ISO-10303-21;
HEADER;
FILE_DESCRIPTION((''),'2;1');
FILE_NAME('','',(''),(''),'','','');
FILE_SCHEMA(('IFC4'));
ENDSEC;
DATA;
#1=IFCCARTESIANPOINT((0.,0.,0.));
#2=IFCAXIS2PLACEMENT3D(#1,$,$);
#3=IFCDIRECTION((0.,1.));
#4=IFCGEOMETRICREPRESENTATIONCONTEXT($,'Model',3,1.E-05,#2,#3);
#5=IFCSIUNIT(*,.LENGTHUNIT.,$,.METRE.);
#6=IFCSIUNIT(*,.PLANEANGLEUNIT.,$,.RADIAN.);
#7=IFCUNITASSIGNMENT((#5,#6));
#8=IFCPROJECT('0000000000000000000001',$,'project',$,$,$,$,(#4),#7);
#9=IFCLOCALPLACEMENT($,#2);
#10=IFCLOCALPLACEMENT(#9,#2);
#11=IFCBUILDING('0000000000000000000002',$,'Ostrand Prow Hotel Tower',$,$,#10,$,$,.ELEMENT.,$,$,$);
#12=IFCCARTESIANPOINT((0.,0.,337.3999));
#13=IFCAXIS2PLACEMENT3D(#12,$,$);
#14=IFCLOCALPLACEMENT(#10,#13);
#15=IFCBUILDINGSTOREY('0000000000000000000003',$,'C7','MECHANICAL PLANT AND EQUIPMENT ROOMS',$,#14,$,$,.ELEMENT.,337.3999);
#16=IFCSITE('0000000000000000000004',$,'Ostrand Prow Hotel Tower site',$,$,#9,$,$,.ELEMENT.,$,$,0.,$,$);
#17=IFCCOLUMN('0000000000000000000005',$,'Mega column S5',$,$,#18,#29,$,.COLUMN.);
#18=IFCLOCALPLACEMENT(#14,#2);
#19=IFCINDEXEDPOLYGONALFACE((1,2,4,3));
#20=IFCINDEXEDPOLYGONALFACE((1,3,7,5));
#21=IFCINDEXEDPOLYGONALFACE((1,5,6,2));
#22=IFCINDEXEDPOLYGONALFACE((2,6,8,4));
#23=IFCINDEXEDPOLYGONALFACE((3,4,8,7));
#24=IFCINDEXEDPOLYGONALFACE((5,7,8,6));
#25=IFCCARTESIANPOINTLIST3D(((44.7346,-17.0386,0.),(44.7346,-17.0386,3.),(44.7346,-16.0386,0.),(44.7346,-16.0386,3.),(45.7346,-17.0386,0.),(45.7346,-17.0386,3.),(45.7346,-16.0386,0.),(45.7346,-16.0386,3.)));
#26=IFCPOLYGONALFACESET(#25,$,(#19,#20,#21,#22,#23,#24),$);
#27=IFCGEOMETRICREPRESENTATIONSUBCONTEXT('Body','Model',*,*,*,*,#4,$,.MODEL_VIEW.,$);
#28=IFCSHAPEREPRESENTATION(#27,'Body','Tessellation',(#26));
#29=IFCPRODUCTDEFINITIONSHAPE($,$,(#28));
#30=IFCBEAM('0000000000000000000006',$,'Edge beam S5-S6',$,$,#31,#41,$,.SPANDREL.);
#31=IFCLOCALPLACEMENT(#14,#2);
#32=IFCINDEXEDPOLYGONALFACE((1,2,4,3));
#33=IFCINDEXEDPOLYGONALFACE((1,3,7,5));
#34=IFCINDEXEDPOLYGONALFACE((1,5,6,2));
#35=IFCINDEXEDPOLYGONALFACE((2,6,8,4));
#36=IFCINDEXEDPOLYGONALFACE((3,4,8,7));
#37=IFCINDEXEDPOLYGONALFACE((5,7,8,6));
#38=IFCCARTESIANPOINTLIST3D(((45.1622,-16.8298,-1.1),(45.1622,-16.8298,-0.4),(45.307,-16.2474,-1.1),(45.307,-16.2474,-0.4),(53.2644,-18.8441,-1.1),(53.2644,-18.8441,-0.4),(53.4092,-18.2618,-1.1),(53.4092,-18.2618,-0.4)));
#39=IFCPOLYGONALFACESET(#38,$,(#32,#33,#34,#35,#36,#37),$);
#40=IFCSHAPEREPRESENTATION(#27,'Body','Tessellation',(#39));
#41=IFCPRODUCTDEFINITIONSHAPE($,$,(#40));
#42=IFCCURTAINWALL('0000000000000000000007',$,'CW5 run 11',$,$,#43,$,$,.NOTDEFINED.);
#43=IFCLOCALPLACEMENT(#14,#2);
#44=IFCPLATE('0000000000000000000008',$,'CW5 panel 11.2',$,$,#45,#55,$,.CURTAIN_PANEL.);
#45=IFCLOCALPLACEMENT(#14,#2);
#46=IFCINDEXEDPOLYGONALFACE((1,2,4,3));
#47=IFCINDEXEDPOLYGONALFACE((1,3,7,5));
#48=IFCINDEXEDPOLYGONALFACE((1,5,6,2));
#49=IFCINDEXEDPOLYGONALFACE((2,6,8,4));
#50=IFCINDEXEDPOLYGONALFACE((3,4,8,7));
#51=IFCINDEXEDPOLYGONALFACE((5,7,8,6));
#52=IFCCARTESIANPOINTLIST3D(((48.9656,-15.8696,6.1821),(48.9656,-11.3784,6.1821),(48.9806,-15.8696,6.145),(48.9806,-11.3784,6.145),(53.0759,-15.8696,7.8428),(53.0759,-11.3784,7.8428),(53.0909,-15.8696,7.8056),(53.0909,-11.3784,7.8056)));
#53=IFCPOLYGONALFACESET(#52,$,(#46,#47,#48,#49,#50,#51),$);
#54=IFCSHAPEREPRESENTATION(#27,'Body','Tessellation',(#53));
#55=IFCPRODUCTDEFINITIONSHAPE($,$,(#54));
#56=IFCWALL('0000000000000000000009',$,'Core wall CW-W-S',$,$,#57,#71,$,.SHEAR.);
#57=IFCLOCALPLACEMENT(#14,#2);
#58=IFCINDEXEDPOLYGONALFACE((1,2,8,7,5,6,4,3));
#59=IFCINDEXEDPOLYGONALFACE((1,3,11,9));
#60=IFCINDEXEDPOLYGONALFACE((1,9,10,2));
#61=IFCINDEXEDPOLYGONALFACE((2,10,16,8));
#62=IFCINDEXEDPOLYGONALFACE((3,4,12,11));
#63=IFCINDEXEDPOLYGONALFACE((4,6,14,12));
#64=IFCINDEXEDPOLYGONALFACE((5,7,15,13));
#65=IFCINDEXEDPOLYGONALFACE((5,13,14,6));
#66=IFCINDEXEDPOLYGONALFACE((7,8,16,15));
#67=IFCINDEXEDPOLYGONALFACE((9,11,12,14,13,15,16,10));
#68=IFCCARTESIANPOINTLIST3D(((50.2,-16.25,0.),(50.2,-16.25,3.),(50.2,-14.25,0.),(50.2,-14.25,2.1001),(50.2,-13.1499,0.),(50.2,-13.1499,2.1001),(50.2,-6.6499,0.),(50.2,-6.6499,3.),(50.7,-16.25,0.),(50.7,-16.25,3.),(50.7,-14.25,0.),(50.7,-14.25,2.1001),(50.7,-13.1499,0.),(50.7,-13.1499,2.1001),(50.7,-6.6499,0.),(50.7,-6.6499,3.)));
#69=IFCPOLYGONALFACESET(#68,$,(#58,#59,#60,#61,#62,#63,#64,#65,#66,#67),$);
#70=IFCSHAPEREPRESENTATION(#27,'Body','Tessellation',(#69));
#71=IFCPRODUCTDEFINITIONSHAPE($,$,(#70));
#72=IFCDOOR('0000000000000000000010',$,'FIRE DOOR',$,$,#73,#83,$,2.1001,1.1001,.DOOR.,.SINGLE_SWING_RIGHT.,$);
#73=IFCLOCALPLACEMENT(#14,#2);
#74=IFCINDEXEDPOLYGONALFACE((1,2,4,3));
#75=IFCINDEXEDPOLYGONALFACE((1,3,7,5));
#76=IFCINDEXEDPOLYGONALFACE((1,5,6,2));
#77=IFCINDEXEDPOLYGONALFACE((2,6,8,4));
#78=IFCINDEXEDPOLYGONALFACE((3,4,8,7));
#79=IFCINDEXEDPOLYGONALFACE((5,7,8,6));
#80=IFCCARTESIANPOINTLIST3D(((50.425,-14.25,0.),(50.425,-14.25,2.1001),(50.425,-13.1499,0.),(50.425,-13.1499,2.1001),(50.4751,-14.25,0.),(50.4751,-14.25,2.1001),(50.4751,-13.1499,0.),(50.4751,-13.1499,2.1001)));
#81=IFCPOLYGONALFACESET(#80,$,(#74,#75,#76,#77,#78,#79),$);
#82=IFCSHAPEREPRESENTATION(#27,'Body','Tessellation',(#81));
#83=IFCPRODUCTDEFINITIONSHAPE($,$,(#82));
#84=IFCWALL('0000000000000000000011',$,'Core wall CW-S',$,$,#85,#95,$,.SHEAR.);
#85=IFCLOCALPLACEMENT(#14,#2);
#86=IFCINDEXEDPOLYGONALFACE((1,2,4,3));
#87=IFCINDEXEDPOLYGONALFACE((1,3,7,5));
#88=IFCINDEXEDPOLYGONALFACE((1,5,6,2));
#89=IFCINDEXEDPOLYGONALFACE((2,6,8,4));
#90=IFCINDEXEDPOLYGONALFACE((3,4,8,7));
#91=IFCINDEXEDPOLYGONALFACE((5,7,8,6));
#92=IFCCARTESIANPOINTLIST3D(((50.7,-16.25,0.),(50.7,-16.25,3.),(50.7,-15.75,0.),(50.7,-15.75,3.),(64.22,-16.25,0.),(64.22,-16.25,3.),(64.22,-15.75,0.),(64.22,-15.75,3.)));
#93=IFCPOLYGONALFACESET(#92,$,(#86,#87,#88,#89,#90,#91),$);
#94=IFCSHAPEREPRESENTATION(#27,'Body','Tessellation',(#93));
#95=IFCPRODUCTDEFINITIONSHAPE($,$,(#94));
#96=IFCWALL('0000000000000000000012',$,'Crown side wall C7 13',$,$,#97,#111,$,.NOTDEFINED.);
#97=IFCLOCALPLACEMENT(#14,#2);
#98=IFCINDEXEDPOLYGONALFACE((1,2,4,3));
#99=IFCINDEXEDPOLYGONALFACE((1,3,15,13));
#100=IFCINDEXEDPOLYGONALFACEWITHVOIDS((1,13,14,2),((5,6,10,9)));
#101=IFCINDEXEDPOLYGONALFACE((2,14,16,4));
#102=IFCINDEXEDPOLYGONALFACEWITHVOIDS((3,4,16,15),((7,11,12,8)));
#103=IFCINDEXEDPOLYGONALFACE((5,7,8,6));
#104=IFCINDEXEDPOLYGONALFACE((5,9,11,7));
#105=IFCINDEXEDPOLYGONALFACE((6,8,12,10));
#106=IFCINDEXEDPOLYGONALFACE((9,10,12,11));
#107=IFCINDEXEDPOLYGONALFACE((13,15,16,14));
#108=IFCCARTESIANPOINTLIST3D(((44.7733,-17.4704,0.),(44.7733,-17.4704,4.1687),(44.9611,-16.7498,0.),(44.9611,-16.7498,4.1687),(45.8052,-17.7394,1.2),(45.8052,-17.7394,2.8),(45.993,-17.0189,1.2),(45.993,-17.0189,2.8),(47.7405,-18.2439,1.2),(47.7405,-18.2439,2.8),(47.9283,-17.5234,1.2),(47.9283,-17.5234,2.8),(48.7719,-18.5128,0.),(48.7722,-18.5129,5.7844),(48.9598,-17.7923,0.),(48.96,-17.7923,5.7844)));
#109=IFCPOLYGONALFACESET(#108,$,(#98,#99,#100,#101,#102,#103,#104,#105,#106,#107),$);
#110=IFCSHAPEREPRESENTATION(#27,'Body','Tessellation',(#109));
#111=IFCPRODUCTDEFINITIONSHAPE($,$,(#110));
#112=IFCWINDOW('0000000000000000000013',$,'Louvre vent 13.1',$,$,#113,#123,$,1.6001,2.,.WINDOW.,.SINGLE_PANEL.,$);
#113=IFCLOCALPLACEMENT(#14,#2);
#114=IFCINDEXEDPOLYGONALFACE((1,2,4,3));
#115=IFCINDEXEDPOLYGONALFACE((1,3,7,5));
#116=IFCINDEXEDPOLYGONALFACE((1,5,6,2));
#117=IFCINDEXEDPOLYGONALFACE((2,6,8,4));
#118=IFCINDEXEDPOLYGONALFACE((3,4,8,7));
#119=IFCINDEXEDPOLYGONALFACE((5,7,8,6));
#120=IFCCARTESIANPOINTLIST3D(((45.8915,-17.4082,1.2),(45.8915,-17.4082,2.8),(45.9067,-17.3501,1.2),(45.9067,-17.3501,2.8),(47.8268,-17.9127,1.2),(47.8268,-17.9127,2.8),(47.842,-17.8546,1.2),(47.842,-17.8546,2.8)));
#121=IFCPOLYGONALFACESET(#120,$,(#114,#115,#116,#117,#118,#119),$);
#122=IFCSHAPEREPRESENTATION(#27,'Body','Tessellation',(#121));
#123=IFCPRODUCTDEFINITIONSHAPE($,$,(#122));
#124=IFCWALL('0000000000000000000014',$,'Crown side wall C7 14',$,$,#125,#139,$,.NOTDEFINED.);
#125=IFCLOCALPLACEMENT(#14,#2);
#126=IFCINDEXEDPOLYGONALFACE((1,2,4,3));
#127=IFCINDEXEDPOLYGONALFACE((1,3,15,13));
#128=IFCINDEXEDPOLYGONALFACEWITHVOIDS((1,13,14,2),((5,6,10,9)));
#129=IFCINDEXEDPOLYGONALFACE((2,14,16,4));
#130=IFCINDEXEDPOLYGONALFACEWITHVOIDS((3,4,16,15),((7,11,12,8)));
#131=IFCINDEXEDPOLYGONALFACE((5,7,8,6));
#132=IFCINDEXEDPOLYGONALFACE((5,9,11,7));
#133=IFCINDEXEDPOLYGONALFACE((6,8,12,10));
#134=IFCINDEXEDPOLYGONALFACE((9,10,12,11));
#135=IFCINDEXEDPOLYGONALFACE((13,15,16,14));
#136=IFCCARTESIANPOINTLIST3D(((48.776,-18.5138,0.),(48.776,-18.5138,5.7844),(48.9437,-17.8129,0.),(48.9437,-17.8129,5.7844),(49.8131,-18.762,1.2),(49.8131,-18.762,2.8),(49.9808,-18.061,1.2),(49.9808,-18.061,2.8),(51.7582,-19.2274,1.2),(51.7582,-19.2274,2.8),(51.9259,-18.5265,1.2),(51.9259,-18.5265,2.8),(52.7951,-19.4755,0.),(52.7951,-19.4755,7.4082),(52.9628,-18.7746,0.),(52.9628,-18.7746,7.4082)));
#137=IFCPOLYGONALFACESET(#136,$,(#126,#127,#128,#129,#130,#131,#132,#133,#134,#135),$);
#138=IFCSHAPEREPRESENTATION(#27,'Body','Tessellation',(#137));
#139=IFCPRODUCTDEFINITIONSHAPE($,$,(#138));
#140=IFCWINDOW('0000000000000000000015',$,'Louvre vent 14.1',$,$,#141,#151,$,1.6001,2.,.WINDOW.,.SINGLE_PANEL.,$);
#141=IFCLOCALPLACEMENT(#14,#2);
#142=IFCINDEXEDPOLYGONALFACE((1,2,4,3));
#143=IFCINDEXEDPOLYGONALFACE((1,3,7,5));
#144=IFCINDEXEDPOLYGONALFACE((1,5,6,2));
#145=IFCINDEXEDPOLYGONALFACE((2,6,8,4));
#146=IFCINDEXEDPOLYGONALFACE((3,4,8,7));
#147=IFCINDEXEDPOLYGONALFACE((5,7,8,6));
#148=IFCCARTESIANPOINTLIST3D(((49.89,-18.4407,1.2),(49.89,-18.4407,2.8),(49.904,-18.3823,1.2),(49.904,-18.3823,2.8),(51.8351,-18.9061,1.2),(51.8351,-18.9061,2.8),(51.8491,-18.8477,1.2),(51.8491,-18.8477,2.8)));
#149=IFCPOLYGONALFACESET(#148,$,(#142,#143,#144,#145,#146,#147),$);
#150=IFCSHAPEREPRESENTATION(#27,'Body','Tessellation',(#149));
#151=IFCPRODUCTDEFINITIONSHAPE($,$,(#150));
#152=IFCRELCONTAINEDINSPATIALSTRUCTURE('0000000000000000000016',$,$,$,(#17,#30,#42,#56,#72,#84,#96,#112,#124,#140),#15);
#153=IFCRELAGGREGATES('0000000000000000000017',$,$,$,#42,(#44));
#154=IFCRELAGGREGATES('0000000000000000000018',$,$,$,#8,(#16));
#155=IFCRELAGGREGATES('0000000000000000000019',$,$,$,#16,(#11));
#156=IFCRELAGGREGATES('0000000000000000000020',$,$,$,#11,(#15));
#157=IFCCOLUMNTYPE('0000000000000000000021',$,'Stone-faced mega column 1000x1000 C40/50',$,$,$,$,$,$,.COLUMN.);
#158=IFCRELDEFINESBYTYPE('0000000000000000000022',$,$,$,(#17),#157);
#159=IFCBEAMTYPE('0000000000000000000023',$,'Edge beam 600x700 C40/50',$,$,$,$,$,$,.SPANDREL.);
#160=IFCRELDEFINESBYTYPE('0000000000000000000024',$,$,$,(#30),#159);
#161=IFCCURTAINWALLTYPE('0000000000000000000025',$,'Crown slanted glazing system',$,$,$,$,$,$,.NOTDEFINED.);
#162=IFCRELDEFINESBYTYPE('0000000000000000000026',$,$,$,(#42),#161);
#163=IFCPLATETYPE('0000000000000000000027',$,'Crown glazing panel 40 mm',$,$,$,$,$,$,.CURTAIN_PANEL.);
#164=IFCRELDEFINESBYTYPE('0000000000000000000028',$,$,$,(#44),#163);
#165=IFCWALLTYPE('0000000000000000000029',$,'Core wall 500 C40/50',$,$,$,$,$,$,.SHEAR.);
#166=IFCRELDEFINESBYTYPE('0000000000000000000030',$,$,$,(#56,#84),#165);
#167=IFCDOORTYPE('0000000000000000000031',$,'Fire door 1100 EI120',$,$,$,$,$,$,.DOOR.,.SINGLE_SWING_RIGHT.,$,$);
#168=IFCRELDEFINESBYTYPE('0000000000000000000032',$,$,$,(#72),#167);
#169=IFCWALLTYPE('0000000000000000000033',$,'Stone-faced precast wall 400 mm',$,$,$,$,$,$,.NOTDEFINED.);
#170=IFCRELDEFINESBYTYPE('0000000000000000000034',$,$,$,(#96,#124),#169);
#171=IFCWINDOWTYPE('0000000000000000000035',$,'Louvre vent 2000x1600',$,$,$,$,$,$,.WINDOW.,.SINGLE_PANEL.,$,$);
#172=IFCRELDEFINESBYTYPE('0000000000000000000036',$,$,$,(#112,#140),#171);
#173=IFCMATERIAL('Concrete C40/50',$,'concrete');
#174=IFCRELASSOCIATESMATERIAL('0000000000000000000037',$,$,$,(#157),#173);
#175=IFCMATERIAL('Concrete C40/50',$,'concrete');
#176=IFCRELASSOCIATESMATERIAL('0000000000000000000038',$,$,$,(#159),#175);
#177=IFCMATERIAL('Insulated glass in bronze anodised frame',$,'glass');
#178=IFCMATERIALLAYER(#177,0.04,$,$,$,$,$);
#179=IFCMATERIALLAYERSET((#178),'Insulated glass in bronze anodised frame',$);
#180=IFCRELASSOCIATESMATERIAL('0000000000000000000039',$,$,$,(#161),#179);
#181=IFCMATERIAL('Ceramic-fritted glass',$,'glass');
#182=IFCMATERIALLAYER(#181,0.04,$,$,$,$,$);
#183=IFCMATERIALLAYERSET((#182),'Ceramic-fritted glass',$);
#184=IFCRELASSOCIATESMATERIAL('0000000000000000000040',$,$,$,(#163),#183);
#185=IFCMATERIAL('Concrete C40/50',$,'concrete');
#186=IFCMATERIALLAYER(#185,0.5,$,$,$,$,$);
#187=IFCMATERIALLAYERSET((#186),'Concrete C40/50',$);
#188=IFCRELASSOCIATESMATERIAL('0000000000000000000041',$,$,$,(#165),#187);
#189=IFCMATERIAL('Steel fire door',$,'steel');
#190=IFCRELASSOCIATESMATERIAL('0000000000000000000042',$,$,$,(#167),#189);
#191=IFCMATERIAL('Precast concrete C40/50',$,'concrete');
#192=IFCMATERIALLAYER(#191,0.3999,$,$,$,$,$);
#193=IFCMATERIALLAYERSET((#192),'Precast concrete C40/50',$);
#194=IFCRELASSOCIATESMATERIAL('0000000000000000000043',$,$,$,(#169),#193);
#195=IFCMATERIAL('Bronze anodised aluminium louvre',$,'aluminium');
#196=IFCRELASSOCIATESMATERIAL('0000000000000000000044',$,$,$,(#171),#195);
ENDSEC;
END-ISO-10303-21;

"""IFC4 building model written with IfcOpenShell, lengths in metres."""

from ifc_helpers import new_model, si_unit, direction, frame, frame_2d, origin, origin_2d, place, context, subcontext, project, spatial, polyline, rectangle, outline, extrude, material, layer, layer_set, material_profile, profile_set, type_object, element, fill, aggregate, save


model = new_model("IFC4")

# Units and contexts
model_context = context("Model", 3, precision=1e-05, world=origin(), true_north=direction((0.0, 1.0)))
body_context = subcontext(model_context, "Body", "Model", "MODEL_VIEW")
ifc_project = project(units=[si_unit("LENGTHUNIT", "METRE"), si_unit("PLANEANGLEUNIT", "RADIAN")], contexts=[model_context])

# Site, building, storey
site_placement = place(None, origin())
site = spatial("IfcSite", under=ifc_project, at=site_placement, Name="Ostrand Prow Hotel Tower site", CompositionType="ELEMENT", RefElevation=0.0)
building_placement = place(site_placement, origin())
building = spatial("IfcBuilding", under=site, at=building_placement, Name="Ostrand Prow Hotel Tower", CompositionType="ELEMENT")
storey_placement = place(building_placement, frame((0.0, 0.0, 337.3999)))
storey = spatial("IfcBuildingStorey", under=building, at=storey_placement, Name="C7", Description="MECHANICAL PLANT AND EQUIPMENT ROOMS", CompositionType="ELEMENT", Elevation=337.3999)

# Column
ifc_material_1 = material(Name="Concrete C40/50", Category="concrete")
ifc_material_profile_1 = material_profile(ifc_material_1, rectangle(XDim=1.0, YDim=1.0, at=origin_2d()), Name="RC 1000x1000")
ifc_profile_set_1 = profile_set([ifc_material_profile_1], Name="Concrete C40/50")
column_type = type_object("IfcColumnType", Name="Stone-faced mega column 1000x1000 C40/50", PredefinedType="COLUMN", material=ifc_profile_set_1)
column_placement = place(storey_placement, frame((45.2346, -16.5386, 0.0), z_axis=(0.0, 0.0, 1.0), x_axis=(1.0, 0.0, 0.0)))
element("IfcColumn", 1, at=column_placement, inside=storey, type_object=column_type, Name="Mega column S5", PredefinedType="COLUMN", context=body_context, shape_type="SweptSolid", body=[
    extrude(rectangle(XDim=1.0, YDim=1.0, at=origin_2d()), origin(), (0.0, 0.0, 1.0), 3.0),
])

# Beam
ifc_material_2 = material(Name="Concrete C40/50", Category="concrete")
ifc_material_profile_2 = material_profile(ifc_material_2, rectangle(XDim=0.6001, YDim=0.7, at=origin_2d()), Name="RC 600x700")
ifc_profile_set_2 = profile_set([ifc_material_profile_2], Name="Concrete C40/50")
beam_type = type_object("IfcBeamType", Name="Edge beam 600x700 C40/50", PredefinedType="SPANDREL", material=ifc_profile_set_2)
beam_placement = place(storey_placement, frame((45.2346, -16.5386, -0.75), z_axis=(0.970456, -0.241276, 0.0), x_axis=(0.241276, 0.970456, 0.0)))
element("IfcBeam", 2, at=beam_placement, inside=storey, type_object=beam_type, Name="Edge beam S5-S6", PredefinedType="SPANDREL", context=body_context, shape_type="SweptSolid", body=[
    extrude(rectangle(XDim=0.6001, YDim=0.7, at=origin_2d()), origin(), (0.0, 0.0, 1.0), 8.3489),
])

# Curtain wall, plate
ifc_material_3 = material(Name="Insulated glass in bronze anodised frame", Category="glass")
ifc_layer_1 = layer(ifc_material_3, 0.04)
ifc_layer_set_1 = layer_set([ifc_layer_1], Name="Insulated glass in bronze anodised frame")
curtain_wall_type = type_object("IfcCurtainWallType", Name="Crown slanted glazing system", PredefinedType="NOTDEFINED", material=ifc_layer_set_1)
curtain_wall_placement = place(storey_placement, origin())
curtain_wall = element("IfcCurtainWall", 3, at=curtain_wall_placement, inside=storey, type_object=curtain_wall_type, Name="CW5 run 11", PredefinedType="NOTDEFINED")
ifc_material_4 = material(Name="Ceramic-fritted glass", Category="glass")
ifc_layer_2 = layer(ifc_material_4, 0.04)
ifc_layer_set_2 = layer_set([ifc_layer_2], Name="Ceramic-fritted glass")
plate_type = type_object("IfcPlateType", Name="Crown glazing panel 40 mm", PredefinedType="CURTAIN_PANEL", material=ifc_layer_set_2)
plate_placement = place(storey_placement, frame((48.9656, -15.8696, 6.1821), z_axis=(-0.374598, 0.0, 0.927187), x_axis=(0.927187, 0.0, 0.374598)))
plate = element("IfcPlate", 4, at=plate_placement, type_object=plate_type, Name="CW5 panel 11.2", PredefinedType="CURTAIN_PANEL", context=body_context, shape_type="SweptSolid", body=[
    extrude(outline(polyline([(0.0, 0.0), (4.4331, 0.0), (4.4331, 4.4912), (0.0, 4.4912), (0.0, 0.0)])), origin(), (0.0, 0.0, -1.0), 0.04),
])
aggregate(curtain_wall, [plate])

# Wall, opening, door
ifc_material_5 = material(Name="Concrete C40/50", Category="concrete")
ifc_layer_3 = layer(ifc_material_5, 0.5)
ifc_layer_set_3 = layer_set([ifc_layer_3], Name="Concrete C40/50")
wall_type_1 = type_object("IfcWallType", Name="Core wall 500 C40/50", PredefinedType="SHEAR", material=ifc_layer_set_3)
wall_1_placement = place(storey_placement, frame((50.45, -16.25, 0.0), z_axis=(0.0, 0.0, 1.0), x_axis=(0.0, 1.0, 0.0)))
wall_1 = element("IfcWall", 5, at=wall_1_placement, inside=storey, type_object=wall_type_1, Name="Core wall CW-W-S", PredefinedType="SHEAR", context=body_context, shape_type="SweptSolid", body=[
    extrude(rectangle(XDim=9.6001, YDim=0.5, at=frame_2d((4.8, 0.0))), origin(), (0.0, 0.0, 1.0), 3.0),
])
opening_1_placement = place(wall_1_placement, frame((2.0, 0.0, 0.0)))
opening_1 = element("IfcOpeningElement", 6, at=opening_1_placement, cuts=wall_1, PredefinedType="OPENING", context=body_context, shape_type="SweptSolid", body=[
    extrude(rectangle(XDim=1.1001, YDim=2.1001, at=frame_2d((0.55, 1.05))), frame((0.0, 0.26, 0.0), z_axis=(0.0, -1.0, 0.0), x_axis=(1.0, 0.0, 0.0)), (0.0, 0.0, 1.0), 0.52),
])
ifc_material_6 = material(Name="Steel fire door", Category="steel")
door_type = type_object("IfcDoorType", Name="Fire door 1100 EI120", OperationType="SINGLE_SWING_RIGHT", PredefinedType="DOOR", material=ifc_material_6)
door_placement = place(opening_1_placement, origin())
door = element("IfcDoor", 7, at=door_placement, inside=storey, type_object=door_type, Name="FIRE DOOR", OperationType="SINGLE_SWING_RIGHT", OverallHeight=2.1001, OverallWidth=1.1001, PredefinedType="DOOR", context=body_context, shape_type="SweptSolid", body=[
    extrude(rectangle(XDim=1.1001, YDim=2.1001, at=frame_2d((0.55, 1.05))), frame((0.0, 0.0249, 0.0), z_axis=(0.0, -1.0, 0.0), x_axis=(1.0, 0.0, 0.0)), (0.0, 0.0, 1.0), 0.05),
])
fill(opening_1, door)

# Wall
wall_2_placement = place(storey_placement, frame((50.7, -16.0, 0.0), z_axis=(0.0, 0.0, 1.0), x_axis=(1.0, 0.0, 0.0)))
element("IfcWall", 8, at=wall_2_placement, inside=storey, type_object=wall_type_1, Name="Core wall CW-S", PredefinedType="SHEAR", context=body_context, shape_type="SweptSolid", body=[
    extrude(rectangle(XDim=13.52, YDim=0.5, at=frame_2d((6.76, 0.0))), origin(), (0.0, 0.0, 1.0), 3.0),
])

# Walls, openings, windows
ifc_material_7 = material(Name="Precast concrete C40/50", Category="concrete")
ifc_layer_4 = layer(ifc_material_7, 0.3999)
ifc_layer_set_4 = layer_set([ifc_layer_4], Name="Precast concrete C40/50")
wall_type_2 = type_object("IfcWallType", Name="Stone-faced precast wall 400 mm", PredefinedType="NOTDEFINED", material=ifc_layer_set_4)
wall_3_placement = place(storey_placement, frame((44.8672, -17.1101, 0.0), z_axis=(0.0, 0.0, 1.0), x_axis=(0.967657, -0.252268, 0.0)))
wall_3 = element("IfcWall", 9, at=wall_3_placement, inside=storey, type_object=wall_type_2, Name="Crown side wall C7 13", PredefinedType="NOTDEFINED", context=body_context, shape_type="SweptSolid", body=[
    extrude(outline(polyline([(0.0, 0.0), (4.1323, 0.0), (4.1326, 5.7844), (0.0, 4.1687), (0.0, 0.0)])), frame((0.0, 0.3723, 0.0), z_axis=(0.0, -1.0, 0.0), x_axis=(1.0, 0.0, 0.0)), (0.0, 0.0, 1.0), 0.7446),
])
opening_2_placement = place(wall_3_placement, frame((1.0664, 0.0, 1.2)))
opening_2 = element("IfcOpeningElement", 10, at=opening_2_placement, cuts=wall_3, PredefinedType="OPENING", context=body_context, shape_type="SweptSolid", body=[
    extrude(rectangle(XDim=2.0, YDim=1.6001, at=frame_2d((1.0, 0.8))), frame((0.0, 0.3823, 0.0), z_axis=(0.0, -1.0, 0.0), x_axis=(1.0, 0.0, 0.0)), (0.0, 0.0, 1.0), 0.7646),
])
ifc_material_8 = material(Name="Bronze anodised aluminium louvre", Category="aluminium")
window_type = type_object("IfcWindowType", Name="Louvre vent 2000x1600", PartitioningType="SINGLE_PANEL", PredefinedType="WINDOW", material=ifc_material_8)
window_1_placement = place(opening_2_placement, origin())
window_1 = element("IfcWindow", 11, at=window_1_placement, inside=storey, type_object=window_type, Name="Louvre vent 13.1", OverallHeight=1.6001, OverallWidth=2.0, PartitioningType="SINGLE_PANEL", PredefinedType="WINDOW", context=body_context, shape_type="SweptSolid", body=[
    extrude(rectangle(XDim=2.0, YDim=1.6001, at=frame_2d((1.0, 0.8))), frame((0.0, 0.03, 0.0), z_axis=(0.0, -1.0, 0.0), x_axis=(1.0, 0.0, 0.0)), (0.0, 0.0, 1.0), 0.0601),
])
fill(opening_2, window_1)
wall_4_placement = place(storey_placement, frame((48.8599, -18.1633, 0.0), z_axis=(0.0, 0.0, 1.0), x_axis=(0.972546, -0.232709, 0.0)))
wall_4 = element("IfcWall", 12, at=wall_4_placement, inside=storey, type_object=wall_type_2, Name="Crown side wall C7 14", PredefinedType="NOTDEFINED", context=body_context, shape_type="SweptSolid", body=[
    extrude(outline(polyline([(0.0, 0.0), (4.1326, 0.0), (4.1326, 7.4082), (0.0, 5.7844), (0.0, 0.0)])), frame((0.0, 0.3604, 0.0), z_axis=(0.0, -1.0, 0.0), x_axis=(1.0, 0.0, 0.0)), (0.0, 0.0, 1.0), 0.7207),
])
opening_3_placement = place(wall_4_placement, frame((1.0664, 0.0, 1.2)))
opening_3 = element("IfcOpeningElement", 13, at=opening_3_placement, cuts=wall_4, PredefinedType="OPENING", context=body_context, shape_type="SweptSolid", body=[
    extrude(rectangle(XDim=2.0, YDim=1.6001, at=frame_2d((1.0, 0.8))), frame((0.0, 0.3704, 0.0), z_axis=(0.0, -1.0, 0.0), x_axis=(1.0, 0.0, 0.0)), (0.0, 0.0, 1.0), 0.7407),
])
window_2_placement = place(opening_3_placement, origin())
window_2 = element("IfcWindow", 14, at=window_2_placement, inside=storey, type_object=window_type, Name="Louvre vent 14.1", OverallHeight=1.6001, OverallWidth=2.0, PartitioningType="SINGLE_PANEL", PredefinedType="WINDOW", context=body_context, shape_type="SweptSolid", body=[
    extrude(rectangle(XDim=2.0, YDim=1.6001, at=frame_2d((1.0, 0.8))), frame((0.0, 0.03, 0.0), z_axis=(0.0, -1.0, 0.0), x_axis=(1.0, 0.0, 0.0)), (0.0, 0.0, 1.0), 0.0601),
])
fill(opening_3, window_2)

save(model, "model.ifc")
